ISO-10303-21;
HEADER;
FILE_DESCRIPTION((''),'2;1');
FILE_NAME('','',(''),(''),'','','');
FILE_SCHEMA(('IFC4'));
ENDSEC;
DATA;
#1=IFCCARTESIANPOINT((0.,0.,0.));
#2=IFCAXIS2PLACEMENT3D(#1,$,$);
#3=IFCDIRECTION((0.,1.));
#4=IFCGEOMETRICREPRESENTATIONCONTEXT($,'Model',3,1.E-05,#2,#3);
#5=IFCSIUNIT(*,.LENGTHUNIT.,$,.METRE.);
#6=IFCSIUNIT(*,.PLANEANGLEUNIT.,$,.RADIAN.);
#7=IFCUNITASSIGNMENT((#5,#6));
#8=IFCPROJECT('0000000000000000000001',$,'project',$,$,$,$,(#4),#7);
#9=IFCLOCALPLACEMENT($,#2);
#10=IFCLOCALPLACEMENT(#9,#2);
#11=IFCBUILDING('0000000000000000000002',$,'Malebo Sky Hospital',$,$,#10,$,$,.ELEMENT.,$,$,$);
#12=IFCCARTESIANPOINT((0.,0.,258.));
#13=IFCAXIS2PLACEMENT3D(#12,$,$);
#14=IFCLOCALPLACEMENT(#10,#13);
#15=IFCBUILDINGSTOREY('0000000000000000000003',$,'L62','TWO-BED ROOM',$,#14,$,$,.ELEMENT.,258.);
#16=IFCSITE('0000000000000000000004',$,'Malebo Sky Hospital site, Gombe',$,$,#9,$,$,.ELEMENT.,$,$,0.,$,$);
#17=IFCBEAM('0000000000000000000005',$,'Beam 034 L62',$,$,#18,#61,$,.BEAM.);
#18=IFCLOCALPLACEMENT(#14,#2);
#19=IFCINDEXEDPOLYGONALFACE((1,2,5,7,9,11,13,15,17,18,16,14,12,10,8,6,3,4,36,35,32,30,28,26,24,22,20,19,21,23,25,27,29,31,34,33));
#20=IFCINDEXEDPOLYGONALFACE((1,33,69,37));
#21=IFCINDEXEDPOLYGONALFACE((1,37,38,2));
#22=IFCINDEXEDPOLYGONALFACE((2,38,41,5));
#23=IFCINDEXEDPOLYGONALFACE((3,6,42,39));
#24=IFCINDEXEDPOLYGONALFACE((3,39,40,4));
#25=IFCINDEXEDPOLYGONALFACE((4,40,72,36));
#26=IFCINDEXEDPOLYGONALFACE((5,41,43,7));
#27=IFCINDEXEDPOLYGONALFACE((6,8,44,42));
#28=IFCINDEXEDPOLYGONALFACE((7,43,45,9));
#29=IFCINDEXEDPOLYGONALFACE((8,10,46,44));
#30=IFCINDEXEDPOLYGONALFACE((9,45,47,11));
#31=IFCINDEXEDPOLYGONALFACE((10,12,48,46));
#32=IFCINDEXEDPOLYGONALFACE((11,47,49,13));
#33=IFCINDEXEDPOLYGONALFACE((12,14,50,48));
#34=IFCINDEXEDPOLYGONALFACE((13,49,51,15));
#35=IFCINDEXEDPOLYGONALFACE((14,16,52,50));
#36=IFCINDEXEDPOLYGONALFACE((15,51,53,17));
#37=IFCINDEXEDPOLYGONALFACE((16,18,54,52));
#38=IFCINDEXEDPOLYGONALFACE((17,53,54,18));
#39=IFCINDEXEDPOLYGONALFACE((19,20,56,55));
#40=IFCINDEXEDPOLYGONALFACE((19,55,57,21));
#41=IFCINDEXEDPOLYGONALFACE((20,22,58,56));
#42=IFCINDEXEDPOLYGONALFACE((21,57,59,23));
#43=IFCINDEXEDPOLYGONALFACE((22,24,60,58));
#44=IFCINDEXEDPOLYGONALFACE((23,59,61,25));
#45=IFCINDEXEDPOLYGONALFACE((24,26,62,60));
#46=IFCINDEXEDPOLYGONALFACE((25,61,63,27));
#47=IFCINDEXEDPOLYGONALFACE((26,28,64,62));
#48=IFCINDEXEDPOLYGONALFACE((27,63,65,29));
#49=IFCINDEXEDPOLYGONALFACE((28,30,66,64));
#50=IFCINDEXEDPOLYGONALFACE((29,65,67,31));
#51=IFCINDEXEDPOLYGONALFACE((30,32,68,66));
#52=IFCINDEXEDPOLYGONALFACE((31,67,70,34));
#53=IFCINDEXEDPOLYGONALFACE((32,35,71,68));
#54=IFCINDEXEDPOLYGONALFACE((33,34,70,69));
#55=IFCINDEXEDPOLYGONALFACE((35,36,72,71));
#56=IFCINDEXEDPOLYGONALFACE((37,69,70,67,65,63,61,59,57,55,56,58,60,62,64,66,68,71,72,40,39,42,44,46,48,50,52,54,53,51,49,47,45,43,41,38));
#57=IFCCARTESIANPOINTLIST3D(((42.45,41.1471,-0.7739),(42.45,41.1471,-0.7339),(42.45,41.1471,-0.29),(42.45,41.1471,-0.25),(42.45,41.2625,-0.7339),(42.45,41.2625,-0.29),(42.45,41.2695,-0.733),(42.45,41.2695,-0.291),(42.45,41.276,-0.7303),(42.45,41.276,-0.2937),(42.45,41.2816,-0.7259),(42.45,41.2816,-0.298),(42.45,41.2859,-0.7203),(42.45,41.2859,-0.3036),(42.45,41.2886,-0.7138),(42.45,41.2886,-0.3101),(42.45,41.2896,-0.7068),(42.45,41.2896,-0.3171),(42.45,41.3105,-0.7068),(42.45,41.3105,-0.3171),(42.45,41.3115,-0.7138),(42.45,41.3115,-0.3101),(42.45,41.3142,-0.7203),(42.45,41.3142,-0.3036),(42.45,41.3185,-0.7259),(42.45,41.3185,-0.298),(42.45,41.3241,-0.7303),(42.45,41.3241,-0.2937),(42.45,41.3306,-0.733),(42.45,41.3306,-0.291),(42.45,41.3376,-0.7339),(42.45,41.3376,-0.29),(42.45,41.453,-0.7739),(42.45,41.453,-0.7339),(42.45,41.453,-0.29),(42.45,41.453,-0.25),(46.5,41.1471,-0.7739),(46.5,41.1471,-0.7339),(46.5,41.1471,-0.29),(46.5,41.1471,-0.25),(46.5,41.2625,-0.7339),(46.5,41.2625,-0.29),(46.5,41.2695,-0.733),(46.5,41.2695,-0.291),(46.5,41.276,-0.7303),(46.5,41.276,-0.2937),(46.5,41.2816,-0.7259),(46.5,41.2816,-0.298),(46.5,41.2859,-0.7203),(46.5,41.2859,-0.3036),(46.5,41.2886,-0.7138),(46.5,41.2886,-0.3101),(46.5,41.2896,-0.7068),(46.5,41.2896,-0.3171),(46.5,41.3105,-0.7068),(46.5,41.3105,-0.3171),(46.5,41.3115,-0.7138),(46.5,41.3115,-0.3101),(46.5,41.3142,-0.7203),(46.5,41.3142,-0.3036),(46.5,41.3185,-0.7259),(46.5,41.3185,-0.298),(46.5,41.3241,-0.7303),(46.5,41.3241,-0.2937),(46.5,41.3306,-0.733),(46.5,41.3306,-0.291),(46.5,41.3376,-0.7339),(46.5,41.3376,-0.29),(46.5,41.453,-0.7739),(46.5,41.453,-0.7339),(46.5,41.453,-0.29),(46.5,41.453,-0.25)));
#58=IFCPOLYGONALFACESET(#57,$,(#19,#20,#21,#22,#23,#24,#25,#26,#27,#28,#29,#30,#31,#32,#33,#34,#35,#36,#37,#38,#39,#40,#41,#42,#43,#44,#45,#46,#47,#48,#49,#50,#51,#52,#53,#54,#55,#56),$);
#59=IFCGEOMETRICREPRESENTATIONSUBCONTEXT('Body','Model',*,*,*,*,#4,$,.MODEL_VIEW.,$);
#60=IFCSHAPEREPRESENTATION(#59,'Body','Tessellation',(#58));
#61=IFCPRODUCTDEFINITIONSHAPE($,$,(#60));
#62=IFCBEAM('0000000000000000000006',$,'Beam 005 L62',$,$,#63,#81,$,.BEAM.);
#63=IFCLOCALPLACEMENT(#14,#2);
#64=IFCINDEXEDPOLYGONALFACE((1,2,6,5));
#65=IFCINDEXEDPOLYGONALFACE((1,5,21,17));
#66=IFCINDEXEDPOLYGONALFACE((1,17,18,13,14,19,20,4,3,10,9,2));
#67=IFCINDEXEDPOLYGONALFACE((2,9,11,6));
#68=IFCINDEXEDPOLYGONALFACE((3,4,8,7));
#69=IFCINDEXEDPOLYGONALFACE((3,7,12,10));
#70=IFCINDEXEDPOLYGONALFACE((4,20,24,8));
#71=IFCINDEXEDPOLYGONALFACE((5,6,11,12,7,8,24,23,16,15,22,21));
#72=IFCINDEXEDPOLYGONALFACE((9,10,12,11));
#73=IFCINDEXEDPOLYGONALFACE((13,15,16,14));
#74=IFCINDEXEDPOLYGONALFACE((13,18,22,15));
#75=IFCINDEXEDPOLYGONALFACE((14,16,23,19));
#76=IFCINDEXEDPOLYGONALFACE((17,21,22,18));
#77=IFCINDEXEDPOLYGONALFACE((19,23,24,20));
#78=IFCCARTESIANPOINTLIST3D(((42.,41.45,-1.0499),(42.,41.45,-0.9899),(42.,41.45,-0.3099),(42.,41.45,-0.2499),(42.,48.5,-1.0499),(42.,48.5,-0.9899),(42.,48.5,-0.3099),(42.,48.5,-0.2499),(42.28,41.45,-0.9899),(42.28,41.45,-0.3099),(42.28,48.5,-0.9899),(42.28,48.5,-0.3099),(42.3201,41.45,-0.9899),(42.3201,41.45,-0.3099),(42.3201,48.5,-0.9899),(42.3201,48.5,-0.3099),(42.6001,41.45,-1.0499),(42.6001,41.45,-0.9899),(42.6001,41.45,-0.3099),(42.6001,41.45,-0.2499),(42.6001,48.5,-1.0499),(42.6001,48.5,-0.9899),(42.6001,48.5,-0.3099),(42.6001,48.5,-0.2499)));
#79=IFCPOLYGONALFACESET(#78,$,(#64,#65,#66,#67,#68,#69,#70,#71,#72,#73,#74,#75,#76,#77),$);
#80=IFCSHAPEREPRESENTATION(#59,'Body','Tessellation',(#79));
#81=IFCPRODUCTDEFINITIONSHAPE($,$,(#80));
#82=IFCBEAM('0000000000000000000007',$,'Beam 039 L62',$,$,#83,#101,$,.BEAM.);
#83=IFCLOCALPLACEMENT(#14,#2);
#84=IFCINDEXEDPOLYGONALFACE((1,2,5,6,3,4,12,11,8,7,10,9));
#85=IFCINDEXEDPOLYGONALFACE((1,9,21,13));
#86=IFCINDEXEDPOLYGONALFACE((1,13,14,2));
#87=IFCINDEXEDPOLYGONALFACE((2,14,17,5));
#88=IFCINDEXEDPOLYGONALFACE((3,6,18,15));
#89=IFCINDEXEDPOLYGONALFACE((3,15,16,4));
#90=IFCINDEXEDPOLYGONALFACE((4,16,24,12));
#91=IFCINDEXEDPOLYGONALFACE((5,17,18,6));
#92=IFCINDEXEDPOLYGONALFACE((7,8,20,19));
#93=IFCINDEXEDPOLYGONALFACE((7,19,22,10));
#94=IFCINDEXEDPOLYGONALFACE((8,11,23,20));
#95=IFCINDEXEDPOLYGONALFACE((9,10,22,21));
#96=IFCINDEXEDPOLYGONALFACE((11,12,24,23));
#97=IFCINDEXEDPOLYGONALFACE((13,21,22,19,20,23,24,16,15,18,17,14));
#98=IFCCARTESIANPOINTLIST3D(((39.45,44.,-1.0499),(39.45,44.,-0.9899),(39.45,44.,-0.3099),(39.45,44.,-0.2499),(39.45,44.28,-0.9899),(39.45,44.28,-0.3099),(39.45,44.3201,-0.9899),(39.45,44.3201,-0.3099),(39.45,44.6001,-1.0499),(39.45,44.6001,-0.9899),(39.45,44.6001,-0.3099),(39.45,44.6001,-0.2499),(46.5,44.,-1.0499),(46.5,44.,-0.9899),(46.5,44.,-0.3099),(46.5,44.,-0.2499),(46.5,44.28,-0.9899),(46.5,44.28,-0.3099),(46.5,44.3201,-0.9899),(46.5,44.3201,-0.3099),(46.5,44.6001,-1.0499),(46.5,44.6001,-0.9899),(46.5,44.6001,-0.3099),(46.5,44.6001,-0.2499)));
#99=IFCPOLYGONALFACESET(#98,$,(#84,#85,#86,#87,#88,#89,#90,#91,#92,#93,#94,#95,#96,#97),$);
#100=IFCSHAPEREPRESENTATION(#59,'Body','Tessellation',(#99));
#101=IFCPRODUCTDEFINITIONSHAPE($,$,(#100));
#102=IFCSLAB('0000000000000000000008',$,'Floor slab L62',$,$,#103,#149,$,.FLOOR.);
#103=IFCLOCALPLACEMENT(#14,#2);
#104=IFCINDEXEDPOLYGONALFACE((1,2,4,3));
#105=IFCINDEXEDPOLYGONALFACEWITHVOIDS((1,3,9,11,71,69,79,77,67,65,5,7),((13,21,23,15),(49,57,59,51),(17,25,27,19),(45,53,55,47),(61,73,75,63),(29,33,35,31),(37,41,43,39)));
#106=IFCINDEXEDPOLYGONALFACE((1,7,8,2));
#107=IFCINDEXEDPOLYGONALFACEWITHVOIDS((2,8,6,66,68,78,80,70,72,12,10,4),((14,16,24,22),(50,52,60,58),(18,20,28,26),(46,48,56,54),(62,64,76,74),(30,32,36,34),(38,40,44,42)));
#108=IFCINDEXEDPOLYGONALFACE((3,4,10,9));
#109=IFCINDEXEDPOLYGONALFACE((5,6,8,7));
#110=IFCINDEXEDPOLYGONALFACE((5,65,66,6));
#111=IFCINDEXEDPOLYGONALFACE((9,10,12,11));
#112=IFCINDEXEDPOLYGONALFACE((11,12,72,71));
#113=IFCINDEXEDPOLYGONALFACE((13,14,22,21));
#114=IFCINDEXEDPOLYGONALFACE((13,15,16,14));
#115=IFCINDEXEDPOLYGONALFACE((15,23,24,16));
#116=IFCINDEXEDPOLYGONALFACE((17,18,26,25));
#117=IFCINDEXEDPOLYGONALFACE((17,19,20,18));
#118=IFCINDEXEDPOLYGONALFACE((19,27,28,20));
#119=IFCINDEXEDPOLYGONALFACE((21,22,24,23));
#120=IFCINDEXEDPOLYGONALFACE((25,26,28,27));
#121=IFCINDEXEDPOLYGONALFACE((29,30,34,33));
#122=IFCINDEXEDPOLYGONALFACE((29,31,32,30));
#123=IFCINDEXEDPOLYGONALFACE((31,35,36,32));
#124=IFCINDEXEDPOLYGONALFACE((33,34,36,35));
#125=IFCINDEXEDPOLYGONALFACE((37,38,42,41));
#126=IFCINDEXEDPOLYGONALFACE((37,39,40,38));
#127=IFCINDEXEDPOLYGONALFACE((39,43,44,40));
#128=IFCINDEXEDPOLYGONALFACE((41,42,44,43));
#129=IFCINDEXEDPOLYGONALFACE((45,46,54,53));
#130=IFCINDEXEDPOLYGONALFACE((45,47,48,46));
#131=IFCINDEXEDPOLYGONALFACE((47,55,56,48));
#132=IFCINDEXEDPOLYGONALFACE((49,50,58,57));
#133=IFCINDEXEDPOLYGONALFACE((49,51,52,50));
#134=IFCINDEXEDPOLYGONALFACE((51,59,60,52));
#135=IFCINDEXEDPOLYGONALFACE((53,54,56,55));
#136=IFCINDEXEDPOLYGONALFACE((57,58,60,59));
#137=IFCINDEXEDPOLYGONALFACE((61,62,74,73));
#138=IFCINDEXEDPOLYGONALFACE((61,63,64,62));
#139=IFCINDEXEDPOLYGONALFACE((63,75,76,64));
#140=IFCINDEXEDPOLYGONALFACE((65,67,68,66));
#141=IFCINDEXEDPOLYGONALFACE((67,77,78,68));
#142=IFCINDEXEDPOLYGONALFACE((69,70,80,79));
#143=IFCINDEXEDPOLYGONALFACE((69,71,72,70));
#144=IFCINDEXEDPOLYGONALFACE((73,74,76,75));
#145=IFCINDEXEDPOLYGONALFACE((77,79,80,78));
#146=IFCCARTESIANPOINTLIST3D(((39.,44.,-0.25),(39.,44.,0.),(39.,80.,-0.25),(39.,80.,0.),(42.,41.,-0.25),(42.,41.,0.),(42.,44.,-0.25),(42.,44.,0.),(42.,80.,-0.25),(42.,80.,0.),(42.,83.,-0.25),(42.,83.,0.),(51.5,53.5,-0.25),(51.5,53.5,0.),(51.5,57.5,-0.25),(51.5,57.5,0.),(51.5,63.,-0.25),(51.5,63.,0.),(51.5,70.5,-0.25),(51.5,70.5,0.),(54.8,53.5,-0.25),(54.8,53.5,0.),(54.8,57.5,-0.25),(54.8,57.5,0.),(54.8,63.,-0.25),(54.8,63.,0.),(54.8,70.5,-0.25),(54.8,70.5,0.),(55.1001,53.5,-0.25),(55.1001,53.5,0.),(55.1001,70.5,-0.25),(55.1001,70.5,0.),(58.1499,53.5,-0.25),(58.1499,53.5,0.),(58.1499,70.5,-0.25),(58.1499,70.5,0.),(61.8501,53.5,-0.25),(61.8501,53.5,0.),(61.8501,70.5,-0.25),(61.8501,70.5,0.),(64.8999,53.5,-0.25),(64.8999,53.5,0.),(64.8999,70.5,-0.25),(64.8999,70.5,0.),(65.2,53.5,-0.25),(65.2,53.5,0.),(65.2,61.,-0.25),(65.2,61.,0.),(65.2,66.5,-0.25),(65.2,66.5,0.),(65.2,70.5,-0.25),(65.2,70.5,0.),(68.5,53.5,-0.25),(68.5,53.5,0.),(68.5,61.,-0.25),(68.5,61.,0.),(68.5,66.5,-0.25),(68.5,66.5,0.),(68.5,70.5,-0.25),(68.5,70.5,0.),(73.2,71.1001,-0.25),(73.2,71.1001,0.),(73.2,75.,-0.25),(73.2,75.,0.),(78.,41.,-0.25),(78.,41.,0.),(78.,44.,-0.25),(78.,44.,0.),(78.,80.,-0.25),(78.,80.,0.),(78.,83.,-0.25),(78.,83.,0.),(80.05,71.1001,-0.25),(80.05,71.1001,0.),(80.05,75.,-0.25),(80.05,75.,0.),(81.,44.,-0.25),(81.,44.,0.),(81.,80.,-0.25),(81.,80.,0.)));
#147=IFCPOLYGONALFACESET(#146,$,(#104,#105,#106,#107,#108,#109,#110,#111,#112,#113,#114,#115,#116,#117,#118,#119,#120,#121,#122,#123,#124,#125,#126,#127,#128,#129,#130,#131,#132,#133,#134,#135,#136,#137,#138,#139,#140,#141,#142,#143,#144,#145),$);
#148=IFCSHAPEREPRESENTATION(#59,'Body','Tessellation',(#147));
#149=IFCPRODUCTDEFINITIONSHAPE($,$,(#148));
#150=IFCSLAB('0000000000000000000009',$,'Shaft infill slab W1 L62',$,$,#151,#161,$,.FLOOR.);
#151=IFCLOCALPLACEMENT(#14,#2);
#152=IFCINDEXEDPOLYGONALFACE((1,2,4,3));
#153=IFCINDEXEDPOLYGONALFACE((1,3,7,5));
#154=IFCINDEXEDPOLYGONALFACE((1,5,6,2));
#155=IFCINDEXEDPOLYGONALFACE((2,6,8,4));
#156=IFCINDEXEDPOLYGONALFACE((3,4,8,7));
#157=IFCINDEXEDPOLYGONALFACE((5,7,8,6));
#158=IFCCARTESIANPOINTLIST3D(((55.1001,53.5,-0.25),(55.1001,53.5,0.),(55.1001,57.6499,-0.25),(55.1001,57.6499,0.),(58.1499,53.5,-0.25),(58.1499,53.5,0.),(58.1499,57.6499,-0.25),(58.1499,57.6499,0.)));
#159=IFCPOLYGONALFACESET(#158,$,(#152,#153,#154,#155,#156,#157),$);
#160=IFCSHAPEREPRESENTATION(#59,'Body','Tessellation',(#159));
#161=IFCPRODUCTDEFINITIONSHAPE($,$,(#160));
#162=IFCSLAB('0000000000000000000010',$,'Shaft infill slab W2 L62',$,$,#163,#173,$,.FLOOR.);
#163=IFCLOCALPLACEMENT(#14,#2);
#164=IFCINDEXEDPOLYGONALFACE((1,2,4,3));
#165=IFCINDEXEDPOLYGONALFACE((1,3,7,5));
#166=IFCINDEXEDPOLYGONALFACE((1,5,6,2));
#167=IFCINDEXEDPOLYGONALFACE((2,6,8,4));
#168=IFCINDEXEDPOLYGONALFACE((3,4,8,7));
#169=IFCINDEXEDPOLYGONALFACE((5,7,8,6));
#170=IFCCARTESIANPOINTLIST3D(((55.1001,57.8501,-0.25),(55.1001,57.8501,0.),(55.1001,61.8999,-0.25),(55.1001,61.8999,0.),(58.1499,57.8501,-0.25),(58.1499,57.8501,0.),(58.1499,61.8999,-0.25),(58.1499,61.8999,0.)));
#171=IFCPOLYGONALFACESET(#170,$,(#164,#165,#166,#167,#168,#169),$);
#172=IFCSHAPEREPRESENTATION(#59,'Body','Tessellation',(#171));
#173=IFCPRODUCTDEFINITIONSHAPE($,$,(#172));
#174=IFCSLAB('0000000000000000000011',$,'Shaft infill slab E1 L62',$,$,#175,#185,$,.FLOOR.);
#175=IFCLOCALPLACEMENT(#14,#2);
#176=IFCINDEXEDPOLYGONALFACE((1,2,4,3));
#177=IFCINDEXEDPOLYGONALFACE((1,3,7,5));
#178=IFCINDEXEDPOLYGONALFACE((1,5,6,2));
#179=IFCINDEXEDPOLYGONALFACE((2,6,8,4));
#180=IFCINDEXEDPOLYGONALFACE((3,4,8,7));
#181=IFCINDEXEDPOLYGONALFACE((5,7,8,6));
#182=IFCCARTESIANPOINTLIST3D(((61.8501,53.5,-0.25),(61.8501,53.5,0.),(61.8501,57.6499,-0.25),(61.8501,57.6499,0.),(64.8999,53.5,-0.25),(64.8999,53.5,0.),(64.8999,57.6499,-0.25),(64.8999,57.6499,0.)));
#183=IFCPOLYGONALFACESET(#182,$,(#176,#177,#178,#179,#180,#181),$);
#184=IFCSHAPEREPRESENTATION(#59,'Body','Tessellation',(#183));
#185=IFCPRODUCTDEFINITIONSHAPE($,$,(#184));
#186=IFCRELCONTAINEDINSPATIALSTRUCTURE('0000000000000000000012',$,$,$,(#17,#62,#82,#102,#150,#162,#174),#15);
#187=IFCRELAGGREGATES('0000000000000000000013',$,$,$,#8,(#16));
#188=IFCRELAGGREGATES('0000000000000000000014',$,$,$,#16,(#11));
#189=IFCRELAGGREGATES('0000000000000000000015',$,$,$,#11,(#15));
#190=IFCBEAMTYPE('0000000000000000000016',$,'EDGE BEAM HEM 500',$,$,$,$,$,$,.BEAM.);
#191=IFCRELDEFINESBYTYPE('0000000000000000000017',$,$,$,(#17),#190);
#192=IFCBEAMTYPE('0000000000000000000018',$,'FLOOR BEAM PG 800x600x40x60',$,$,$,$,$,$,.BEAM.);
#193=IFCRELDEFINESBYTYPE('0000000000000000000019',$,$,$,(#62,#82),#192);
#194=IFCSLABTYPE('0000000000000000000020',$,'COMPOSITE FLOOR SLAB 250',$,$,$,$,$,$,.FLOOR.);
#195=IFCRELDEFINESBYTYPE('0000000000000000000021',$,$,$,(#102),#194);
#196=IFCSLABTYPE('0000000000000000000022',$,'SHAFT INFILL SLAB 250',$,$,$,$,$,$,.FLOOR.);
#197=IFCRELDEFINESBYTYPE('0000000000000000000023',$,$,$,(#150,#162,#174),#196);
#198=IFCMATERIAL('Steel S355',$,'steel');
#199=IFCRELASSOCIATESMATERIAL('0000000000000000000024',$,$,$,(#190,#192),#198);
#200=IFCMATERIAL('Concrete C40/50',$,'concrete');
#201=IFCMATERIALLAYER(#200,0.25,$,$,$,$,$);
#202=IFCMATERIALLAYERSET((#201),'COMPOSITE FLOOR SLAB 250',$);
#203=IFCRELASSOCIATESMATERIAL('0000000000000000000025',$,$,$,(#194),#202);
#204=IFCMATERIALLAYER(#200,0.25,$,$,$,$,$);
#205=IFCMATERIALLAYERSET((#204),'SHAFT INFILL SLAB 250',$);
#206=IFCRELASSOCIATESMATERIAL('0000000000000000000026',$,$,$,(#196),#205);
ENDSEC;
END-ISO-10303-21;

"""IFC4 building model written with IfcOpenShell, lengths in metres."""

from ifc_helpers import new_model, si_unit, direction, frame, origin, origin_2d, place, context, subcontext, project, spatial, polyline, i_section, outline, extrude, material, layer, layer_set, material_profile, profile_set, type_object, element, save


model = new_model("IFC4")

# Units and contexts
model_context = context("Model", 3, precision=1e-05, world=origin(), true_north=direction((0.0, 1.0)))
body_context = subcontext(model_context, "Body", "Model", "MODEL_VIEW")
ifc_project = project(units=[si_unit("LENGTHUNIT", "METRE"), si_unit("PLANEANGLEUNIT", "RADIAN")], contexts=[model_context])

# Site, building, storey
site_placement = place(None, origin())
site = spatial("IfcSite", under=ifc_project, at=site_placement, Name="Malebo Sky Hospital site, Gombe", CompositionType="ELEMENT", RefElevation=0.0)
building_placement = place(site_placement, origin())
building = spatial("IfcBuilding", under=site, at=building_placement, Name="Malebo Sky Hospital", CompositionType="ELEMENT")
storey_placement = place(building_placement, frame((0.0, 0.0, 258.0)))
storey = spatial("IfcBuildingStorey", under=building, at=storey_placement, Name="L62", Description="TWO-BED ROOM", CompositionType="ELEMENT", Elevation=258.0)

# Beams
ifc_material_1 = material(Name="Steel S355", Category="steel")
ifc_material_profile_1 = material_profile(ifc_material_1, i_section(OverallWidth=0.3059, OverallDepth=0.5239, WebThickness=0.021, FlangeThickness=0.04, FilletRadius=0.0271, at=origin_2d()), Name="HEM 500")
ifc_profile_set_1 = profile_set([ifc_material_profile_1], Name="Steel S355")
beam_type_1 = type_object("IfcBeamType", Name="EDGE BEAM HEM 500", PredefinedType="BEAM", material=ifc_profile_set_1)
for number, where, z_axis, x_axis, name in (
    (1, (42.45, 41.3, -0.512), (1.0, 0.0, 0.0), (0.0, 1.0, 0.0), "Beam 034 L62"),
):
    element("IfcBeam", number, at=place(storey_placement, frame(where, z_axis=z_axis, x_axis=x_axis)), inside=storey, type_object=beam_type_1, Name=name, PredefinedType="BEAM", context=body_context, shape_type="SweptSolid", body=[
        extrude(i_section(OverallWidth=0.3059, OverallDepth=0.5239, WebThickness=0.021, FlangeThickness=0.04, FilletRadius=0.0271, at=origin_2d()), origin(), (0.0, 0.0, 1.0), 4.05),
    ])
ifc_material_profile_2 = material_profile(ifc_material_1, i_section(OverallWidth=0.6001, OverallDepth=0.8, WebThickness=0.04, FlangeThickness=0.0601, at=origin_2d()), Name="PG 800x600x40x60")
ifc_profile_set_2 = profile_set([ifc_material_profile_2], Name="Steel S355")
beam_type_2 = type_object("IfcBeamType", Name="FLOOR BEAM PG 800x600x40x60", PredefinedType="BEAM", material=ifc_profile_set_2)
for number, where, z_axis, x_axis, name in (
    (2, (42.3, 41.45, -0.6499), (0.0, 1.0, 0.0), (-1.0, 0.0, 0.0), "Beam 005 L62"),
    (3, (39.45, 44.3, -0.6499), (1.0, 0.0, 0.0), (0.0, 1.0, 0.0), "Beam 039 L62"),
):
    element("IfcBeam", number, at=place(storey_placement, frame(where, z_axis=z_axis, x_axis=x_axis)), inside=storey, type_object=beam_type_2, Name=name, PredefinedType="BEAM", context=body_context, shape_type="SweptSolid", body=[
        extrude(i_section(OverallWidth=0.6001, OverallDepth=0.8, WebThickness=0.04, FlangeThickness=0.0601, at=origin_2d()), origin(), (0.0, 0.0, 1.0), 7.05),
    ])

# Slabs
ifc_material_2 = material(Name="Concrete C40/50", Category="concrete")
ifc_layer_1 = layer(ifc_material_2, 0.25)
ifc_layer_set_1 = layer_set([ifc_layer_1], Name="COMPOSITE FLOOR SLAB 250")
slab_type_1 = type_object("IfcSlabType", Name="COMPOSITE FLOOR SLAB 250", PredefinedType="FLOOR", material=ifc_layer_set_1)
slab_1_placement = place(storey_placement, frame((0.0, 0.0, -0.25)))
element("IfcSlab", 4, at=slab_1_placement, inside=storey, type_object=slab_type_1, Name="Floor slab L62", PredefinedType="FLOOR", context=body_context, shape_type="SweptSolid", body=[
    extrude(outline(polyline([(42.0, 83.0), (42.0, 80.0), (39.0, 80.0), (39.0, 44.0), (42.0, 44.0), (42.0, 41.0), (78.0, 41.0), (78.0, 44.0), (81.0, 44.0), (81.0, 80.0), (78.0, 80.0), (78.0, 83.0), (42.0, 83.0)]), holes=[polyline([(55.1001, 70.5), (58.1499, 70.5), (58.1499, 53.5), (55.1001, 53.5), (55.1001, 70.5)]), polyline([(64.8999, 70.5), (64.8999, 53.5), (61.8501, 53.5), (61.8501, 70.5), (64.8999, 70.5)]), polyline([(54.8, 63.0), (51.5, 63.0), (51.5, 70.5), (54.8, 70.5), (54.8, 63.0)]), polyline([(51.5, 53.5), (51.5, 57.5), (54.8, 57.5), (54.8, 53.5), (51.5, 53.5)]), polyline([(65.2, 61.0), (68.5, 61.0), (68.5, 53.5), (65.2, 53.5), (65.2, 61.0)]), polyline([(68.5, 70.5), (68.5, 66.5), (65.2, 66.5), (65.2, 70.5), (68.5, 70.5)]), polyline([(80.05, 71.1001), (73.2, 71.1001), (73.2, 75.0), (80.05, 75.0), (80.05, 71.1001)])]), origin(), (0.0, 0.0, 1.0), 0.25),
])
ifc_layer_2 = layer(ifc_material_2, 0.25)
ifc_layer_set_2 = layer_set([ifc_layer_2], Name="SHAFT INFILL SLAB 250")
slab_type_2 = type_object("IfcSlabType", Name="SHAFT INFILL SLAB 250", PredefinedType="FLOOR", material=ifc_layer_set_2)
slab_2_placement = place(storey_placement, frame((0.0, 0.0, -0.25)))
element("IfcSlab", 5, at=slab_2_placement, inside=storey, type_object=slab_type_2, Name="Shaft infill slab W1 L62", PredefinedType="FLOOR", context=body_context, shape_type="SweptSolid", body=[
    extrude(outline(polyline([(55.1001, 53.5), (58.1499, 53.5), (58.1499, 57.6499), (55.1001, 57.6499), (55.1001, 53.5)])), origin(), (0.0, 0.0, 1.0), 0.25),
])
slab_3_placement = place(storey_placement, frame((0.0, 0.0, -0.25)))
element("IfcSlab", 6, at=slab_3_placement, inside=storey, type_object=slab_type_2, Name="Shaft infill slab W2 L62", PredefinedType="FLOOR", context=body_context, shape_type="SweptSolid", body=[
    extrude(outline(polyline([(55.1001, 57.8501), (58.1499, 57.8501), (58.1499, 61.8999), (55.1001, 61.8999), (55.1001, 57.8501)])), origin(), (0.0, 0.0, 1.0), 0.25),
])
slab_4_placement = place(storey_placement, frame((0.0, 0.0, -0.25)))
element("IfcSlab", 7, at=slab_4_placement, inside=storey, type_object=slab_type_2, Name="Shaft infill slab E1 L62", PredefinedType="FLOOR", context=body_context, shape_type="SweptSolid", body=[
    extrude(outline(polyline([(61.8501, 53.5), (64.8999, 53.5), (64.8999, 57.6499), (61.8501, 57.6499), (61.8501, 53.5)])), origin(), (0.0, 0.0, 1.0), 0.25),
])

save(model, "model.ifc")
